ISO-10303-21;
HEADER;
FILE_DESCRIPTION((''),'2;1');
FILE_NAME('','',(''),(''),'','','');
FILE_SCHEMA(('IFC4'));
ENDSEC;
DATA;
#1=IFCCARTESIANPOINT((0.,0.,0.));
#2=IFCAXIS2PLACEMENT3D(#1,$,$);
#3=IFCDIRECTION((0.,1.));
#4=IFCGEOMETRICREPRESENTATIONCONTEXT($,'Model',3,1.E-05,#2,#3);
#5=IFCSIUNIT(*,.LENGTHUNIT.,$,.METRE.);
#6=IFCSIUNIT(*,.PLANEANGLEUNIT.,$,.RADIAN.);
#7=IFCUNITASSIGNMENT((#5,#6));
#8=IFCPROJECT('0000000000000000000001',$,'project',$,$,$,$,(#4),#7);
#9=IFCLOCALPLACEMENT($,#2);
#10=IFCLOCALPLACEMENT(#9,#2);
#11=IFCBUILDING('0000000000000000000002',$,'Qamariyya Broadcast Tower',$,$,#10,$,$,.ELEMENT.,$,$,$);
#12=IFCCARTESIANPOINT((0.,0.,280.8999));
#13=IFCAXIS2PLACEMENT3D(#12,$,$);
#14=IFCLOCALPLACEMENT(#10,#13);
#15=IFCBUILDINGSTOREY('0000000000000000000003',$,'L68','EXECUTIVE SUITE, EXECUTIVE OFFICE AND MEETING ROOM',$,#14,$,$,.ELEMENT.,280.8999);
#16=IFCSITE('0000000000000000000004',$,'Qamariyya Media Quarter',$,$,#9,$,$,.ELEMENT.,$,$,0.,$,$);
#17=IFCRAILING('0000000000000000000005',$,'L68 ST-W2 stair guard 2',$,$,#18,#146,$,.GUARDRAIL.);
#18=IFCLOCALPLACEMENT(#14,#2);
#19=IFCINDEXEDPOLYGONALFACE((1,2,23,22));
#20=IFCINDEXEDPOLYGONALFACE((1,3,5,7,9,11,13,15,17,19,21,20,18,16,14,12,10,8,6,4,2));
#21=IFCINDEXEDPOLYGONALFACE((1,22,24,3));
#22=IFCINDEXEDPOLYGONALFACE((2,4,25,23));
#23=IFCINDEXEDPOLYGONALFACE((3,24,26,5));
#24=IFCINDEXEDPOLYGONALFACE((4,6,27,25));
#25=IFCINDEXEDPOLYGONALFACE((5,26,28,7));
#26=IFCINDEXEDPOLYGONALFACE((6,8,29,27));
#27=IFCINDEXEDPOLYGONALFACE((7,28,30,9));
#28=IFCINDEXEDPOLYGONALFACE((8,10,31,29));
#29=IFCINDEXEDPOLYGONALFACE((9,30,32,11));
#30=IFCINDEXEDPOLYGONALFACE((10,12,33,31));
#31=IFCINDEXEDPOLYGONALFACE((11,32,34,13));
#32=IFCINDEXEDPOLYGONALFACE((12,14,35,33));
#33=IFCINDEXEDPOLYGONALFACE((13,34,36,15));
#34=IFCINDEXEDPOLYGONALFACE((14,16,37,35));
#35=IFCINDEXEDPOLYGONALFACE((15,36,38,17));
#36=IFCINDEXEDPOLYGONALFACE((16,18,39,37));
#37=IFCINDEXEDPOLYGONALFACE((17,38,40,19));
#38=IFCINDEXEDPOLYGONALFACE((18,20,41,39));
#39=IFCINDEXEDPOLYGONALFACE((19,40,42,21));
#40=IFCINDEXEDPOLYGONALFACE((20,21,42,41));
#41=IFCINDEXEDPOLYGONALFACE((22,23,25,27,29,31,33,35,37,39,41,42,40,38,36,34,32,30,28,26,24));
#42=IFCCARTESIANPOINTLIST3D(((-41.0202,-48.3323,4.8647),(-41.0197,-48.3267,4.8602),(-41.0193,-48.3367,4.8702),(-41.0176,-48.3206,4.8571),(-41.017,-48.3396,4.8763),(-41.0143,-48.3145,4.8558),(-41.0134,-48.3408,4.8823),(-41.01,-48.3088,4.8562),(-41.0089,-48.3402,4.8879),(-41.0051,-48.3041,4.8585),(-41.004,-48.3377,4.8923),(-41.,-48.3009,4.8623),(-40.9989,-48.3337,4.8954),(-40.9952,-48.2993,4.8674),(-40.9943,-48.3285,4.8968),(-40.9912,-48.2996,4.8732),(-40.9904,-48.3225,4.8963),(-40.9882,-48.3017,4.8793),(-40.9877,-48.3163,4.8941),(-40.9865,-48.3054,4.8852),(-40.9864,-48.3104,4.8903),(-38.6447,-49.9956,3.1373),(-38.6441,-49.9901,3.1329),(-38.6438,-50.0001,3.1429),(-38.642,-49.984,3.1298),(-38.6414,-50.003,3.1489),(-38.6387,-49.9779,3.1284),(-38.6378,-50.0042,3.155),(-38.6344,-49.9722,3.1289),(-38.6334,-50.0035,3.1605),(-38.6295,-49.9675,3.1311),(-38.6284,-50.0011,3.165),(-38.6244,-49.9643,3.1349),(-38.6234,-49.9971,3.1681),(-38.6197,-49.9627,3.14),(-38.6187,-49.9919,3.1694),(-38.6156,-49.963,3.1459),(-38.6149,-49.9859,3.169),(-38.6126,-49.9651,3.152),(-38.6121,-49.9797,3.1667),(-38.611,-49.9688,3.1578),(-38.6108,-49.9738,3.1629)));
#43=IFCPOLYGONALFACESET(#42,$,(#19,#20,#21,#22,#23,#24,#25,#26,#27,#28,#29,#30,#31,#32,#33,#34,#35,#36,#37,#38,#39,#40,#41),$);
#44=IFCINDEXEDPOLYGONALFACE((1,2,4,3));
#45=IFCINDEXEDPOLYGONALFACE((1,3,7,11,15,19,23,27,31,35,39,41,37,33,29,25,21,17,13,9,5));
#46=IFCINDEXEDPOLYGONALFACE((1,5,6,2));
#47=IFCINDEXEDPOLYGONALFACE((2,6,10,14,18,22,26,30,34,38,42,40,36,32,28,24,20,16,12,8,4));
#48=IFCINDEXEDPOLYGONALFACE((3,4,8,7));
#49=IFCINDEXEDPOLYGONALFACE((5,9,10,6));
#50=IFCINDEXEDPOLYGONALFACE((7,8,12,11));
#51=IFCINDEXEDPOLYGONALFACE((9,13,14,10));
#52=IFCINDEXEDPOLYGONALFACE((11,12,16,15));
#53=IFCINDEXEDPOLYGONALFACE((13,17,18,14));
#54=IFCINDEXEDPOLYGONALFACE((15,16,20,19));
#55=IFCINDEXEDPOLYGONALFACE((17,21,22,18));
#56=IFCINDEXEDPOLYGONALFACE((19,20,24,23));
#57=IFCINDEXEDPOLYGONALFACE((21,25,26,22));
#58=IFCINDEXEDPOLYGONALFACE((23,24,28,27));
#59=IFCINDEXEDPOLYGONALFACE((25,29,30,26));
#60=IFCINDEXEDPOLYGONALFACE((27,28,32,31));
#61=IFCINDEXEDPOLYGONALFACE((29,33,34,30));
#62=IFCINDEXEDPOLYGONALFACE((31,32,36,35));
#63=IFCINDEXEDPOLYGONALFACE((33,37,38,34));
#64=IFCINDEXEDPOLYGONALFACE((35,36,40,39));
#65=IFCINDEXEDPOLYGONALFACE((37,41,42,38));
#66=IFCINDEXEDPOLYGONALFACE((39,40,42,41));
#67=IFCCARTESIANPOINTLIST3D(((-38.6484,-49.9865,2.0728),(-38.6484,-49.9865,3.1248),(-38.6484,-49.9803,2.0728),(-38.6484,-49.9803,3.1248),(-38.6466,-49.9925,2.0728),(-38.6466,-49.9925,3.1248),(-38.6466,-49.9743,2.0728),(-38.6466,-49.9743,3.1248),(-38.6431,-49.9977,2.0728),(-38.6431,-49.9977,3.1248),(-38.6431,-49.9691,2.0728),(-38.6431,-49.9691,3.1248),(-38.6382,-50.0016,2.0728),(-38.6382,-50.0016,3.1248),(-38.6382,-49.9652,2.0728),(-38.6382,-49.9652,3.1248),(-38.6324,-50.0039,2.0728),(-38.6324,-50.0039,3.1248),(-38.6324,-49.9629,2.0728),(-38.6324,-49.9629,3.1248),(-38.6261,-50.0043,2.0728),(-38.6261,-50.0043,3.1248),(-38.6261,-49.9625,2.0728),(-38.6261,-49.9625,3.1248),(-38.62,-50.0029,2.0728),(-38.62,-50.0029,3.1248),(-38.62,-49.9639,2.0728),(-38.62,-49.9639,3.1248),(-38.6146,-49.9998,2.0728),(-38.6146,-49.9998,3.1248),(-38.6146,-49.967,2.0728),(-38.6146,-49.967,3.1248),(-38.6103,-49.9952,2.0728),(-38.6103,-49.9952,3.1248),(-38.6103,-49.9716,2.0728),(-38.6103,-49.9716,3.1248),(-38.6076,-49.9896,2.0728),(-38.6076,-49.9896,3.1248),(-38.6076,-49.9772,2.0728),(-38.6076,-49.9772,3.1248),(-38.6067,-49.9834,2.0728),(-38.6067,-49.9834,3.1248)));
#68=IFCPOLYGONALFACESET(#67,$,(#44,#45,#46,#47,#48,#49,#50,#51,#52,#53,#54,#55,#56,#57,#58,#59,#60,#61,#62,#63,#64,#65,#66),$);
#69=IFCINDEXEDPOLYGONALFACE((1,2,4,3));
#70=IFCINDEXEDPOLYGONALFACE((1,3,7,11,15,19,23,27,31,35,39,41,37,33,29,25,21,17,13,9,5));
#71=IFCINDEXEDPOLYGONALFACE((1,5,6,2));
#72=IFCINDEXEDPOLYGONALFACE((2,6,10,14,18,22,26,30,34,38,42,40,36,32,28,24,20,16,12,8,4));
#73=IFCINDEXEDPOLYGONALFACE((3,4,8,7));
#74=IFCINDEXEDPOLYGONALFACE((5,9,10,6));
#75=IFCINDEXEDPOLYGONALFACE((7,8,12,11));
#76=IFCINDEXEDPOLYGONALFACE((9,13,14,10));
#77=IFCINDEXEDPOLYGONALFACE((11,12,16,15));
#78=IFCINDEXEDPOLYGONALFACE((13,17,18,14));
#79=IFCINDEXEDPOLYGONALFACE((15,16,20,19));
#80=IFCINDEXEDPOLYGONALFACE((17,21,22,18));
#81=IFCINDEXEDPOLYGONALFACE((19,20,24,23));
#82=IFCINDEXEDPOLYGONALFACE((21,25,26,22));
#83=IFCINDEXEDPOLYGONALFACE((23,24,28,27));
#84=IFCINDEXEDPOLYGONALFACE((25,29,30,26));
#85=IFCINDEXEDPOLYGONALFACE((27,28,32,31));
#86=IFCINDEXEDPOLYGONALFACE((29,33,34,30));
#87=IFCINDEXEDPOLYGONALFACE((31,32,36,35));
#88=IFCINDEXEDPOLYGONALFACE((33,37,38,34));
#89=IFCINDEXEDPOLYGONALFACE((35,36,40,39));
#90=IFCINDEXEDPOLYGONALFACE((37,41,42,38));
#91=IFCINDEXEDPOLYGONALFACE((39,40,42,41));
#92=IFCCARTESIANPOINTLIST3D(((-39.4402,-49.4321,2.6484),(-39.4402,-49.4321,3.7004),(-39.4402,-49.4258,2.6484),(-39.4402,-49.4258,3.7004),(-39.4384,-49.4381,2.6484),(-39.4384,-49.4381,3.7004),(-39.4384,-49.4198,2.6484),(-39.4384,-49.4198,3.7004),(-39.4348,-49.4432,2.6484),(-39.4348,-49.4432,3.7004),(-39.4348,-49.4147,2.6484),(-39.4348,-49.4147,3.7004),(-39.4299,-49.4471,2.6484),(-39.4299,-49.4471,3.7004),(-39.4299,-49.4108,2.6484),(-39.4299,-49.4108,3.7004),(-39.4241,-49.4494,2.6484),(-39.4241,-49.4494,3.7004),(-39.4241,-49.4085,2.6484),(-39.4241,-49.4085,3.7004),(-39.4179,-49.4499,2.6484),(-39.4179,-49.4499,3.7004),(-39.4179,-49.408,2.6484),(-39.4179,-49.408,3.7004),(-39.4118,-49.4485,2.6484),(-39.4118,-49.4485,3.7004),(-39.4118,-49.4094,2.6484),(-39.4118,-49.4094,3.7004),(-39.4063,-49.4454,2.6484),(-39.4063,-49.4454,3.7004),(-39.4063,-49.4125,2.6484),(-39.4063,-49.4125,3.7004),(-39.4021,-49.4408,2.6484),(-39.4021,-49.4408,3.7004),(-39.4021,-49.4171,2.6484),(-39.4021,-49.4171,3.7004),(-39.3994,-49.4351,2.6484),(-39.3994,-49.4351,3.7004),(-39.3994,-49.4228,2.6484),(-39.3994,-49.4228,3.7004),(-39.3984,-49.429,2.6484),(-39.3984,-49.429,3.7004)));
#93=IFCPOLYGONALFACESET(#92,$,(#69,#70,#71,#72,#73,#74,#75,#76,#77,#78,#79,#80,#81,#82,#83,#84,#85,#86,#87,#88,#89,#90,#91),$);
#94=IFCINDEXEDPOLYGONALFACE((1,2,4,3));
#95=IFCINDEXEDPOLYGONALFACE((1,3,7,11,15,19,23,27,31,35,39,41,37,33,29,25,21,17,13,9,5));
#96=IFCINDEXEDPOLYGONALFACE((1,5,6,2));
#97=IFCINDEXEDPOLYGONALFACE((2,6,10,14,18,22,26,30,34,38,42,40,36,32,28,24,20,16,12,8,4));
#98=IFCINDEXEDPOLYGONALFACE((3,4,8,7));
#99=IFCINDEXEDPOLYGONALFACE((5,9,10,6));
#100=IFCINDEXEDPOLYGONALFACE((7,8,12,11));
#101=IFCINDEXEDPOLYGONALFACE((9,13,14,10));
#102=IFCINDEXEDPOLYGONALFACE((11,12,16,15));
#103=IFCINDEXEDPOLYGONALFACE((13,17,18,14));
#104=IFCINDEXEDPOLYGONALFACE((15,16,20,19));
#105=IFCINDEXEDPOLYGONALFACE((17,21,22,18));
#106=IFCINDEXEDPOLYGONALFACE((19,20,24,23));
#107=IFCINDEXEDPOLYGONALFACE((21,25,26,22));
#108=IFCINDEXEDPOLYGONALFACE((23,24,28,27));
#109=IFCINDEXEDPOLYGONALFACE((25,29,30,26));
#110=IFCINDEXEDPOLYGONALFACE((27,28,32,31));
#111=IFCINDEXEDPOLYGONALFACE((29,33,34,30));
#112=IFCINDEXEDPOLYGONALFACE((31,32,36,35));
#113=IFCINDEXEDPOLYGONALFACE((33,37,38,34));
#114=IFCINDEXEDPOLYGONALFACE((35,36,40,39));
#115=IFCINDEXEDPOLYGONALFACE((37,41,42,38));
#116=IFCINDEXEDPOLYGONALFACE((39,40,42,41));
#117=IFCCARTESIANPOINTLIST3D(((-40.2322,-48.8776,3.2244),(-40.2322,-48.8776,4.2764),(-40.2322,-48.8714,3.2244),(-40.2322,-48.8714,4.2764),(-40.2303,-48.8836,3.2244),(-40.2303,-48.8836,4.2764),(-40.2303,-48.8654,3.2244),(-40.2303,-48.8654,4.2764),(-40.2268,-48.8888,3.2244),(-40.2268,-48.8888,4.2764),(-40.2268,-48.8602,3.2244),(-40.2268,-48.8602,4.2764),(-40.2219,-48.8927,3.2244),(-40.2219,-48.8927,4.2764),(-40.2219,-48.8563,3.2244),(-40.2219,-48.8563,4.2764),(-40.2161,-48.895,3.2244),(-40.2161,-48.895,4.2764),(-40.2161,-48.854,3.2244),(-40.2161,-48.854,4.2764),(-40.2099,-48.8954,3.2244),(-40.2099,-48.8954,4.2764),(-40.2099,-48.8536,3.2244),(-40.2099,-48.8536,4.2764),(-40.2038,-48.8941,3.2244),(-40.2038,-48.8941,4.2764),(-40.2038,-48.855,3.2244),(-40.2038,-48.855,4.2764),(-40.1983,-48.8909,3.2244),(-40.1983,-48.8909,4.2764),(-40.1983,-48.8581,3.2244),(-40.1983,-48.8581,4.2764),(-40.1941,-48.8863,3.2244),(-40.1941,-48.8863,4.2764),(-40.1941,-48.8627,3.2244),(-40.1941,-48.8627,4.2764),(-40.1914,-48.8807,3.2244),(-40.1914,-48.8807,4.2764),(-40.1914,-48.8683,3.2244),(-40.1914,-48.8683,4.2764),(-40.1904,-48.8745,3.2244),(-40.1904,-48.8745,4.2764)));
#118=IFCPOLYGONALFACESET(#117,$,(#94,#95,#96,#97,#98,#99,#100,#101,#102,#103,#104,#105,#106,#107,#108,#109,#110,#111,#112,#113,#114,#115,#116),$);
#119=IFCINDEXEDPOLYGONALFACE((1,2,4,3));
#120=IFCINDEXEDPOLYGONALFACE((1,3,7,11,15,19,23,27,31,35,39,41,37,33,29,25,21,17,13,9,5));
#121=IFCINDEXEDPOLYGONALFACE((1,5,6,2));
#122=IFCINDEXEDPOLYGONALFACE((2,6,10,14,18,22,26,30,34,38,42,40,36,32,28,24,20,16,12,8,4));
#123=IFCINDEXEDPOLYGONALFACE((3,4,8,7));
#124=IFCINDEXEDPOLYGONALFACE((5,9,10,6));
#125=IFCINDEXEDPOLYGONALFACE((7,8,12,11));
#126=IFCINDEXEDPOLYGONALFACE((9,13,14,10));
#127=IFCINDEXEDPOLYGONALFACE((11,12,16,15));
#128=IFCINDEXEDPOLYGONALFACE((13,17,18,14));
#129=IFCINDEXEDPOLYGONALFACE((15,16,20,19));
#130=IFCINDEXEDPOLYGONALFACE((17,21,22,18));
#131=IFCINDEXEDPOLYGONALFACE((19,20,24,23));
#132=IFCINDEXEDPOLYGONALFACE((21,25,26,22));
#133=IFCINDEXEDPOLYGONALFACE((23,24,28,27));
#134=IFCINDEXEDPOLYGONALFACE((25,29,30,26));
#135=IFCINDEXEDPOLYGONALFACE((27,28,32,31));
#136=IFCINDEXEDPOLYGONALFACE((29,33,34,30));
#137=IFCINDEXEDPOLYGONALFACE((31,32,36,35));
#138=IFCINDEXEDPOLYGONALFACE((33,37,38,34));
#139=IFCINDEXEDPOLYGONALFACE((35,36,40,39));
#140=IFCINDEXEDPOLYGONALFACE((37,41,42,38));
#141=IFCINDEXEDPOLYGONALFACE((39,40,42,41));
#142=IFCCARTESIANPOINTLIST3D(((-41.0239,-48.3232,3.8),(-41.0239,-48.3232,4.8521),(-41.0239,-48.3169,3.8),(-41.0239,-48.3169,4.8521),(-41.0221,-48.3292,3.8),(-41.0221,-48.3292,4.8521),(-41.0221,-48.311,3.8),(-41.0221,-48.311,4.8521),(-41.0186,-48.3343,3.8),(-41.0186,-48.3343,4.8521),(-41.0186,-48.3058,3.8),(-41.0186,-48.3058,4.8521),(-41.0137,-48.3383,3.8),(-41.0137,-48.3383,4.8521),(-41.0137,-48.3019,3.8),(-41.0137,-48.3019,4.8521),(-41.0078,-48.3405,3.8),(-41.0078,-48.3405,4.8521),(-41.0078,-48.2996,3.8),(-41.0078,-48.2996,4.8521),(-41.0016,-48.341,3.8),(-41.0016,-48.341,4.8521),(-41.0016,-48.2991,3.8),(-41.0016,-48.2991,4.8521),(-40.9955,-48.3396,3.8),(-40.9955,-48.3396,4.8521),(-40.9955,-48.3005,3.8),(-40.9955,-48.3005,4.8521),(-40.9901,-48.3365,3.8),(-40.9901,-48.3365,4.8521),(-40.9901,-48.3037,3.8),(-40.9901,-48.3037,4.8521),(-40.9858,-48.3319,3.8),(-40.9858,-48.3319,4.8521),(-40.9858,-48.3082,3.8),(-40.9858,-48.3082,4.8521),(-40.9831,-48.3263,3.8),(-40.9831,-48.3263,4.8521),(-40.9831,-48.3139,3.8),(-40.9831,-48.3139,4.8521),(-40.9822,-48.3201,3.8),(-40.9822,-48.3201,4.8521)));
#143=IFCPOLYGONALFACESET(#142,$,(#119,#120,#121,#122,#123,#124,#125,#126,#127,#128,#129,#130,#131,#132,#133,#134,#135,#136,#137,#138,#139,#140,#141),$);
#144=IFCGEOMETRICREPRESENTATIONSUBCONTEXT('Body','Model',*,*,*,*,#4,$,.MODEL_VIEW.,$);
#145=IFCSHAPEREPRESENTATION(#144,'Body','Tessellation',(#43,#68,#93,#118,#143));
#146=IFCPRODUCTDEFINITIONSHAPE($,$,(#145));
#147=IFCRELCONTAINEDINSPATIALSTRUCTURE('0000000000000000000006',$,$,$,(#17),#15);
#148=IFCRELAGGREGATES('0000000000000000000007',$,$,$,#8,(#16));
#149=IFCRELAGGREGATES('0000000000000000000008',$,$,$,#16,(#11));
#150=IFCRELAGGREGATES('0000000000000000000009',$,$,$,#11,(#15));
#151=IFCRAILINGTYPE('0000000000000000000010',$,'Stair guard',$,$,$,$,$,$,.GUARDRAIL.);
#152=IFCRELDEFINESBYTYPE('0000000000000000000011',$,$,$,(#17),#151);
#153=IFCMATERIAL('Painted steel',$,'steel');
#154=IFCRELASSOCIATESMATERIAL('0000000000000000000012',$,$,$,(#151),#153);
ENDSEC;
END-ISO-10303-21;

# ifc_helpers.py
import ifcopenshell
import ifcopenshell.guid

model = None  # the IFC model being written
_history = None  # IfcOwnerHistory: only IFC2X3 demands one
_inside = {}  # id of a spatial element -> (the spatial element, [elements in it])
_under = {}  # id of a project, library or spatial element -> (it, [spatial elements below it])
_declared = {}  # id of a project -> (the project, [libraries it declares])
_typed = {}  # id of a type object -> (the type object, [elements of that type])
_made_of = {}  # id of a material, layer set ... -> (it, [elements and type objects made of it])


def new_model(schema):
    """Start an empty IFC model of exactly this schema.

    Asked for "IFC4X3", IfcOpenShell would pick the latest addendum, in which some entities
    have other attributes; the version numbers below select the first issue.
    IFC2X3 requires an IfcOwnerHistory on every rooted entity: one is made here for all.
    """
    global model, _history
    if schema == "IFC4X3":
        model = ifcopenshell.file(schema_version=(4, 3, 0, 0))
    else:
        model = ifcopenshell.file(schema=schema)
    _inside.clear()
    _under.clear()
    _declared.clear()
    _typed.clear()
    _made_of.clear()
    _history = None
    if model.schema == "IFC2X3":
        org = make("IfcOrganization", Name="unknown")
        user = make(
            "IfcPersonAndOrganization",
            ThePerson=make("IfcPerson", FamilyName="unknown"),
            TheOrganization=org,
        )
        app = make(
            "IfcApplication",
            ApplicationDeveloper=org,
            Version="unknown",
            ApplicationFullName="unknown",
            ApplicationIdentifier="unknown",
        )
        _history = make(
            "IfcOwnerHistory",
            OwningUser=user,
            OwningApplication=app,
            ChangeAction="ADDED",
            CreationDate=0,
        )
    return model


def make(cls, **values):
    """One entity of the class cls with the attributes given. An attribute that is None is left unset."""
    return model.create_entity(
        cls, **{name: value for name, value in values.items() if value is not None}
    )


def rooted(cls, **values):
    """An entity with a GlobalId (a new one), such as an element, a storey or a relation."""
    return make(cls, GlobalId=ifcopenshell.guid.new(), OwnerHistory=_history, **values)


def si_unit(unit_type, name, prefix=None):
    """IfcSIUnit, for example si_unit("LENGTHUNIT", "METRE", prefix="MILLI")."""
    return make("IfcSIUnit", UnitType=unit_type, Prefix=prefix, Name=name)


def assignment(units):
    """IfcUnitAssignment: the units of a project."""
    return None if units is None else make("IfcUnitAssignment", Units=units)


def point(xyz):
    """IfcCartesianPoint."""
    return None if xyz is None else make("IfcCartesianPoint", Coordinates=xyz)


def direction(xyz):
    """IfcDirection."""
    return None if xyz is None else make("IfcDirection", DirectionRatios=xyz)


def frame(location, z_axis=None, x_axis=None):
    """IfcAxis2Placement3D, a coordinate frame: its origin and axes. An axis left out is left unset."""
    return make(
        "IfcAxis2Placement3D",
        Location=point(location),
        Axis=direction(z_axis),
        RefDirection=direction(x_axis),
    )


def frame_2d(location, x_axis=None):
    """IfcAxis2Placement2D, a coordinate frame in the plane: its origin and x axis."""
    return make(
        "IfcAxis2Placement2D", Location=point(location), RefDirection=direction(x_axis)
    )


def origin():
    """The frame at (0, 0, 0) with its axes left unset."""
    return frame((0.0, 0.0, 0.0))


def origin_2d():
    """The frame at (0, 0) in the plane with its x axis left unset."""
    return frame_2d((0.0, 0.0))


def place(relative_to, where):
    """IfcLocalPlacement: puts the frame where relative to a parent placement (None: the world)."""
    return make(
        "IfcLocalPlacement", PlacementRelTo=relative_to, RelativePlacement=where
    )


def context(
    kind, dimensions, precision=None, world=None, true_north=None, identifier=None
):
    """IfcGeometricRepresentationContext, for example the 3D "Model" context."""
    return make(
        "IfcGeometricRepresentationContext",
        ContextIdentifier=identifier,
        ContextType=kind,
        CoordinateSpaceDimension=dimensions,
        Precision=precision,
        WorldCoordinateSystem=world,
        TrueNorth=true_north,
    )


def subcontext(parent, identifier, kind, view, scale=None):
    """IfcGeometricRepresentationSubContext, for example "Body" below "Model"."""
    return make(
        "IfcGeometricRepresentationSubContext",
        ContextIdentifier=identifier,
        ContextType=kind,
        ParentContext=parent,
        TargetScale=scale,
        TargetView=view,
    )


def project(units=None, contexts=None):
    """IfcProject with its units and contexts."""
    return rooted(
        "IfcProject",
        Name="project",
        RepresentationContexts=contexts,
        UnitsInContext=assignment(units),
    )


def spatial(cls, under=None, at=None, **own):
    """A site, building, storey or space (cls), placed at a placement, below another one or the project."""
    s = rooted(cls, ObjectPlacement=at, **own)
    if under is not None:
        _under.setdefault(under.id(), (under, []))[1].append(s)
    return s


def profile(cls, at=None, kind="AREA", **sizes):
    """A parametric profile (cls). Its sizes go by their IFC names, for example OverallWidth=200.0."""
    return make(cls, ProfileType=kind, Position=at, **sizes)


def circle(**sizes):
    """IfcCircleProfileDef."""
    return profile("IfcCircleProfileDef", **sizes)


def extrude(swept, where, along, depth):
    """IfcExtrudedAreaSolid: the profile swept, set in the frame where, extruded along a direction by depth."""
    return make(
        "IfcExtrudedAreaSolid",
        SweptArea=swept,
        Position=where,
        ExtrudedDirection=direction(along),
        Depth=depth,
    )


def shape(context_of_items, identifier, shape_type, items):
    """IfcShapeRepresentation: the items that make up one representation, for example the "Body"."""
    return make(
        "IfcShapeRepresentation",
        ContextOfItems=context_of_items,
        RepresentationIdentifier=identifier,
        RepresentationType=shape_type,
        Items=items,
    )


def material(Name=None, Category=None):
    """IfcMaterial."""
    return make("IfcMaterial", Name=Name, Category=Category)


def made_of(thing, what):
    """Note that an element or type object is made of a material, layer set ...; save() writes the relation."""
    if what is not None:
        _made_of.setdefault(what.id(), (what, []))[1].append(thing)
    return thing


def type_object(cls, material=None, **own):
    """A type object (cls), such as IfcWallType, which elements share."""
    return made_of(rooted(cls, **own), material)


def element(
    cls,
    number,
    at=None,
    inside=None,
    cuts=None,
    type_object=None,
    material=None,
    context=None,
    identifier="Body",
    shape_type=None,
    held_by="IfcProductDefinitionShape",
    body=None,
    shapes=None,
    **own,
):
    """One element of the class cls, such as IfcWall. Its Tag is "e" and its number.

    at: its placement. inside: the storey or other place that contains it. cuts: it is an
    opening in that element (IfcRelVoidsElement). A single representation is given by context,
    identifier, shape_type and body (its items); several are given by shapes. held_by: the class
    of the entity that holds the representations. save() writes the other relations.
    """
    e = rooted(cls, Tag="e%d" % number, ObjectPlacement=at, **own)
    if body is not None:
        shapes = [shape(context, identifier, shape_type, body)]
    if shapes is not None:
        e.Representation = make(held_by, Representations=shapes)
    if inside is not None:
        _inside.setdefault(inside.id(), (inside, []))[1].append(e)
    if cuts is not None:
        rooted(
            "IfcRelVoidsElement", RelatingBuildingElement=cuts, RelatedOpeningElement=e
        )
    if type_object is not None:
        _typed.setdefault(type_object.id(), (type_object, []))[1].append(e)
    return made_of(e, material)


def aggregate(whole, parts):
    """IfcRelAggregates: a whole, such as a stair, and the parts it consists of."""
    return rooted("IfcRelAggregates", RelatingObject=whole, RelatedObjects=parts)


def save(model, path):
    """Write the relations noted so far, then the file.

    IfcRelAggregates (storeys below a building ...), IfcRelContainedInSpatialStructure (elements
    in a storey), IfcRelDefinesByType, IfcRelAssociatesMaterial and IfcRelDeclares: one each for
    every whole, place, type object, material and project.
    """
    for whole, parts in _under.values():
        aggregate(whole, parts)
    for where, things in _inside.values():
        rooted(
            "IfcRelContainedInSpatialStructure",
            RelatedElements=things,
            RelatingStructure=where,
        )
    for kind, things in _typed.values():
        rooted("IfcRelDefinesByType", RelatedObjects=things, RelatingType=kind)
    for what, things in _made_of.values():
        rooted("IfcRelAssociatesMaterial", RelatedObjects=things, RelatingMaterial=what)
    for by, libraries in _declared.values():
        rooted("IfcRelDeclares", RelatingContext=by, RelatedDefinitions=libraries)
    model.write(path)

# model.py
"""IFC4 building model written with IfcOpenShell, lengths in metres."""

from ifc_helpers import new_model, si_unit, direction, frame, origin, origin_2d, place, context, subcontext, project, spatial, circle, extrude, material, type_object, element, save


model = new_model("IFC4")

# Units and contexts
model_context = context("Model", 3, precision=1e-05, world=origin(), true_north=direction((0.0, 1.0)))
body_context = subcontext(model_context, "Body", "Model", "MODEL_VIEW")
ifc_project = project(units=[si_unit("LENGTHUNIT", "METRE"), si_unit("PLANEANGLEUNIT", "RADIAN")], contexts=[model_context])

# Site, building, storey
site_placement = place(None, origin())
site = spatial("IfcSite", under=ifc_project, at=site_placement, Name="Qamariyya Media Quarter", CompositionType="ELEMENT", RefElevation=0.0)
building_placement = place(site_placement, origin())
building = spatial("IfcBuilding", under=site, at=building_placement, Name="Qamariyya Broadcast Tower", CompositionType="ELEMENT")
storey_placement = place(building_placement, frame((0.0, 0.0, 280.8999)))
storey = spatial("IfcBuildingStorey", under=building, at=storey_placement, Name="L68", Description="EXECUTIVE SUITE, EXECUTIVE OFFICE AND MEETING ROOM", CompositionType="ELEMENT", Elevation=280.8999)

# Railing
ifc_material_1 = material(Name="Painted steel", Category="steel")
railing_type_1 = type_object("IfcRailingType", Name="Stair guard", PredefinedType="GUARDRAIL", material=ifc_material_1)
railing_1_placement = place(storey_placement, frame((-38.6277, -49.9834, 2.0728)))
element("IfcRailing", 1, at=railing_1_placement, inside=storey, type_object=railing_type_1, Name="L68 ST-W2 stair guard 2", PredefinedType="GUARDRAIL", context=body_context, shape_type="SweptSolid", body=[
    extrude(circle(Radius=0.0239, at=origin_2d()), frame((0.0, 0.0, 1.0762), z_axis=(-0.70377, 0.492784, 0.511734), x_axis=(-0.573575, -0.819153, 0.0)), (0.0, 0.0, 1.0), 3.3755),
    extrude(circle(Radius=0.021, at=origin_2d()), origin(), (0.0, 0.0, 1.0), 1.052),
    extrude(circle(Radius=0.021, at=origin_2d()), frame((-0.7917, 0.5544, 0.5757)), (0.0, 0.0, 1.0), 1.052),
    extrude(circle(Radius=0.021, at=origin_2d()), frame((-1.5837, 1.1089, 1.1516)), (0.0, 0.0, 1.0), 1.052),
    extrude(circle(Radius=0.021, at=origin_2d()), frame((-2.3755, 1.6633, 1.7273)), (0.0, 0.0, 1.0), 1.052),
])

save(model, "model.ifc")
